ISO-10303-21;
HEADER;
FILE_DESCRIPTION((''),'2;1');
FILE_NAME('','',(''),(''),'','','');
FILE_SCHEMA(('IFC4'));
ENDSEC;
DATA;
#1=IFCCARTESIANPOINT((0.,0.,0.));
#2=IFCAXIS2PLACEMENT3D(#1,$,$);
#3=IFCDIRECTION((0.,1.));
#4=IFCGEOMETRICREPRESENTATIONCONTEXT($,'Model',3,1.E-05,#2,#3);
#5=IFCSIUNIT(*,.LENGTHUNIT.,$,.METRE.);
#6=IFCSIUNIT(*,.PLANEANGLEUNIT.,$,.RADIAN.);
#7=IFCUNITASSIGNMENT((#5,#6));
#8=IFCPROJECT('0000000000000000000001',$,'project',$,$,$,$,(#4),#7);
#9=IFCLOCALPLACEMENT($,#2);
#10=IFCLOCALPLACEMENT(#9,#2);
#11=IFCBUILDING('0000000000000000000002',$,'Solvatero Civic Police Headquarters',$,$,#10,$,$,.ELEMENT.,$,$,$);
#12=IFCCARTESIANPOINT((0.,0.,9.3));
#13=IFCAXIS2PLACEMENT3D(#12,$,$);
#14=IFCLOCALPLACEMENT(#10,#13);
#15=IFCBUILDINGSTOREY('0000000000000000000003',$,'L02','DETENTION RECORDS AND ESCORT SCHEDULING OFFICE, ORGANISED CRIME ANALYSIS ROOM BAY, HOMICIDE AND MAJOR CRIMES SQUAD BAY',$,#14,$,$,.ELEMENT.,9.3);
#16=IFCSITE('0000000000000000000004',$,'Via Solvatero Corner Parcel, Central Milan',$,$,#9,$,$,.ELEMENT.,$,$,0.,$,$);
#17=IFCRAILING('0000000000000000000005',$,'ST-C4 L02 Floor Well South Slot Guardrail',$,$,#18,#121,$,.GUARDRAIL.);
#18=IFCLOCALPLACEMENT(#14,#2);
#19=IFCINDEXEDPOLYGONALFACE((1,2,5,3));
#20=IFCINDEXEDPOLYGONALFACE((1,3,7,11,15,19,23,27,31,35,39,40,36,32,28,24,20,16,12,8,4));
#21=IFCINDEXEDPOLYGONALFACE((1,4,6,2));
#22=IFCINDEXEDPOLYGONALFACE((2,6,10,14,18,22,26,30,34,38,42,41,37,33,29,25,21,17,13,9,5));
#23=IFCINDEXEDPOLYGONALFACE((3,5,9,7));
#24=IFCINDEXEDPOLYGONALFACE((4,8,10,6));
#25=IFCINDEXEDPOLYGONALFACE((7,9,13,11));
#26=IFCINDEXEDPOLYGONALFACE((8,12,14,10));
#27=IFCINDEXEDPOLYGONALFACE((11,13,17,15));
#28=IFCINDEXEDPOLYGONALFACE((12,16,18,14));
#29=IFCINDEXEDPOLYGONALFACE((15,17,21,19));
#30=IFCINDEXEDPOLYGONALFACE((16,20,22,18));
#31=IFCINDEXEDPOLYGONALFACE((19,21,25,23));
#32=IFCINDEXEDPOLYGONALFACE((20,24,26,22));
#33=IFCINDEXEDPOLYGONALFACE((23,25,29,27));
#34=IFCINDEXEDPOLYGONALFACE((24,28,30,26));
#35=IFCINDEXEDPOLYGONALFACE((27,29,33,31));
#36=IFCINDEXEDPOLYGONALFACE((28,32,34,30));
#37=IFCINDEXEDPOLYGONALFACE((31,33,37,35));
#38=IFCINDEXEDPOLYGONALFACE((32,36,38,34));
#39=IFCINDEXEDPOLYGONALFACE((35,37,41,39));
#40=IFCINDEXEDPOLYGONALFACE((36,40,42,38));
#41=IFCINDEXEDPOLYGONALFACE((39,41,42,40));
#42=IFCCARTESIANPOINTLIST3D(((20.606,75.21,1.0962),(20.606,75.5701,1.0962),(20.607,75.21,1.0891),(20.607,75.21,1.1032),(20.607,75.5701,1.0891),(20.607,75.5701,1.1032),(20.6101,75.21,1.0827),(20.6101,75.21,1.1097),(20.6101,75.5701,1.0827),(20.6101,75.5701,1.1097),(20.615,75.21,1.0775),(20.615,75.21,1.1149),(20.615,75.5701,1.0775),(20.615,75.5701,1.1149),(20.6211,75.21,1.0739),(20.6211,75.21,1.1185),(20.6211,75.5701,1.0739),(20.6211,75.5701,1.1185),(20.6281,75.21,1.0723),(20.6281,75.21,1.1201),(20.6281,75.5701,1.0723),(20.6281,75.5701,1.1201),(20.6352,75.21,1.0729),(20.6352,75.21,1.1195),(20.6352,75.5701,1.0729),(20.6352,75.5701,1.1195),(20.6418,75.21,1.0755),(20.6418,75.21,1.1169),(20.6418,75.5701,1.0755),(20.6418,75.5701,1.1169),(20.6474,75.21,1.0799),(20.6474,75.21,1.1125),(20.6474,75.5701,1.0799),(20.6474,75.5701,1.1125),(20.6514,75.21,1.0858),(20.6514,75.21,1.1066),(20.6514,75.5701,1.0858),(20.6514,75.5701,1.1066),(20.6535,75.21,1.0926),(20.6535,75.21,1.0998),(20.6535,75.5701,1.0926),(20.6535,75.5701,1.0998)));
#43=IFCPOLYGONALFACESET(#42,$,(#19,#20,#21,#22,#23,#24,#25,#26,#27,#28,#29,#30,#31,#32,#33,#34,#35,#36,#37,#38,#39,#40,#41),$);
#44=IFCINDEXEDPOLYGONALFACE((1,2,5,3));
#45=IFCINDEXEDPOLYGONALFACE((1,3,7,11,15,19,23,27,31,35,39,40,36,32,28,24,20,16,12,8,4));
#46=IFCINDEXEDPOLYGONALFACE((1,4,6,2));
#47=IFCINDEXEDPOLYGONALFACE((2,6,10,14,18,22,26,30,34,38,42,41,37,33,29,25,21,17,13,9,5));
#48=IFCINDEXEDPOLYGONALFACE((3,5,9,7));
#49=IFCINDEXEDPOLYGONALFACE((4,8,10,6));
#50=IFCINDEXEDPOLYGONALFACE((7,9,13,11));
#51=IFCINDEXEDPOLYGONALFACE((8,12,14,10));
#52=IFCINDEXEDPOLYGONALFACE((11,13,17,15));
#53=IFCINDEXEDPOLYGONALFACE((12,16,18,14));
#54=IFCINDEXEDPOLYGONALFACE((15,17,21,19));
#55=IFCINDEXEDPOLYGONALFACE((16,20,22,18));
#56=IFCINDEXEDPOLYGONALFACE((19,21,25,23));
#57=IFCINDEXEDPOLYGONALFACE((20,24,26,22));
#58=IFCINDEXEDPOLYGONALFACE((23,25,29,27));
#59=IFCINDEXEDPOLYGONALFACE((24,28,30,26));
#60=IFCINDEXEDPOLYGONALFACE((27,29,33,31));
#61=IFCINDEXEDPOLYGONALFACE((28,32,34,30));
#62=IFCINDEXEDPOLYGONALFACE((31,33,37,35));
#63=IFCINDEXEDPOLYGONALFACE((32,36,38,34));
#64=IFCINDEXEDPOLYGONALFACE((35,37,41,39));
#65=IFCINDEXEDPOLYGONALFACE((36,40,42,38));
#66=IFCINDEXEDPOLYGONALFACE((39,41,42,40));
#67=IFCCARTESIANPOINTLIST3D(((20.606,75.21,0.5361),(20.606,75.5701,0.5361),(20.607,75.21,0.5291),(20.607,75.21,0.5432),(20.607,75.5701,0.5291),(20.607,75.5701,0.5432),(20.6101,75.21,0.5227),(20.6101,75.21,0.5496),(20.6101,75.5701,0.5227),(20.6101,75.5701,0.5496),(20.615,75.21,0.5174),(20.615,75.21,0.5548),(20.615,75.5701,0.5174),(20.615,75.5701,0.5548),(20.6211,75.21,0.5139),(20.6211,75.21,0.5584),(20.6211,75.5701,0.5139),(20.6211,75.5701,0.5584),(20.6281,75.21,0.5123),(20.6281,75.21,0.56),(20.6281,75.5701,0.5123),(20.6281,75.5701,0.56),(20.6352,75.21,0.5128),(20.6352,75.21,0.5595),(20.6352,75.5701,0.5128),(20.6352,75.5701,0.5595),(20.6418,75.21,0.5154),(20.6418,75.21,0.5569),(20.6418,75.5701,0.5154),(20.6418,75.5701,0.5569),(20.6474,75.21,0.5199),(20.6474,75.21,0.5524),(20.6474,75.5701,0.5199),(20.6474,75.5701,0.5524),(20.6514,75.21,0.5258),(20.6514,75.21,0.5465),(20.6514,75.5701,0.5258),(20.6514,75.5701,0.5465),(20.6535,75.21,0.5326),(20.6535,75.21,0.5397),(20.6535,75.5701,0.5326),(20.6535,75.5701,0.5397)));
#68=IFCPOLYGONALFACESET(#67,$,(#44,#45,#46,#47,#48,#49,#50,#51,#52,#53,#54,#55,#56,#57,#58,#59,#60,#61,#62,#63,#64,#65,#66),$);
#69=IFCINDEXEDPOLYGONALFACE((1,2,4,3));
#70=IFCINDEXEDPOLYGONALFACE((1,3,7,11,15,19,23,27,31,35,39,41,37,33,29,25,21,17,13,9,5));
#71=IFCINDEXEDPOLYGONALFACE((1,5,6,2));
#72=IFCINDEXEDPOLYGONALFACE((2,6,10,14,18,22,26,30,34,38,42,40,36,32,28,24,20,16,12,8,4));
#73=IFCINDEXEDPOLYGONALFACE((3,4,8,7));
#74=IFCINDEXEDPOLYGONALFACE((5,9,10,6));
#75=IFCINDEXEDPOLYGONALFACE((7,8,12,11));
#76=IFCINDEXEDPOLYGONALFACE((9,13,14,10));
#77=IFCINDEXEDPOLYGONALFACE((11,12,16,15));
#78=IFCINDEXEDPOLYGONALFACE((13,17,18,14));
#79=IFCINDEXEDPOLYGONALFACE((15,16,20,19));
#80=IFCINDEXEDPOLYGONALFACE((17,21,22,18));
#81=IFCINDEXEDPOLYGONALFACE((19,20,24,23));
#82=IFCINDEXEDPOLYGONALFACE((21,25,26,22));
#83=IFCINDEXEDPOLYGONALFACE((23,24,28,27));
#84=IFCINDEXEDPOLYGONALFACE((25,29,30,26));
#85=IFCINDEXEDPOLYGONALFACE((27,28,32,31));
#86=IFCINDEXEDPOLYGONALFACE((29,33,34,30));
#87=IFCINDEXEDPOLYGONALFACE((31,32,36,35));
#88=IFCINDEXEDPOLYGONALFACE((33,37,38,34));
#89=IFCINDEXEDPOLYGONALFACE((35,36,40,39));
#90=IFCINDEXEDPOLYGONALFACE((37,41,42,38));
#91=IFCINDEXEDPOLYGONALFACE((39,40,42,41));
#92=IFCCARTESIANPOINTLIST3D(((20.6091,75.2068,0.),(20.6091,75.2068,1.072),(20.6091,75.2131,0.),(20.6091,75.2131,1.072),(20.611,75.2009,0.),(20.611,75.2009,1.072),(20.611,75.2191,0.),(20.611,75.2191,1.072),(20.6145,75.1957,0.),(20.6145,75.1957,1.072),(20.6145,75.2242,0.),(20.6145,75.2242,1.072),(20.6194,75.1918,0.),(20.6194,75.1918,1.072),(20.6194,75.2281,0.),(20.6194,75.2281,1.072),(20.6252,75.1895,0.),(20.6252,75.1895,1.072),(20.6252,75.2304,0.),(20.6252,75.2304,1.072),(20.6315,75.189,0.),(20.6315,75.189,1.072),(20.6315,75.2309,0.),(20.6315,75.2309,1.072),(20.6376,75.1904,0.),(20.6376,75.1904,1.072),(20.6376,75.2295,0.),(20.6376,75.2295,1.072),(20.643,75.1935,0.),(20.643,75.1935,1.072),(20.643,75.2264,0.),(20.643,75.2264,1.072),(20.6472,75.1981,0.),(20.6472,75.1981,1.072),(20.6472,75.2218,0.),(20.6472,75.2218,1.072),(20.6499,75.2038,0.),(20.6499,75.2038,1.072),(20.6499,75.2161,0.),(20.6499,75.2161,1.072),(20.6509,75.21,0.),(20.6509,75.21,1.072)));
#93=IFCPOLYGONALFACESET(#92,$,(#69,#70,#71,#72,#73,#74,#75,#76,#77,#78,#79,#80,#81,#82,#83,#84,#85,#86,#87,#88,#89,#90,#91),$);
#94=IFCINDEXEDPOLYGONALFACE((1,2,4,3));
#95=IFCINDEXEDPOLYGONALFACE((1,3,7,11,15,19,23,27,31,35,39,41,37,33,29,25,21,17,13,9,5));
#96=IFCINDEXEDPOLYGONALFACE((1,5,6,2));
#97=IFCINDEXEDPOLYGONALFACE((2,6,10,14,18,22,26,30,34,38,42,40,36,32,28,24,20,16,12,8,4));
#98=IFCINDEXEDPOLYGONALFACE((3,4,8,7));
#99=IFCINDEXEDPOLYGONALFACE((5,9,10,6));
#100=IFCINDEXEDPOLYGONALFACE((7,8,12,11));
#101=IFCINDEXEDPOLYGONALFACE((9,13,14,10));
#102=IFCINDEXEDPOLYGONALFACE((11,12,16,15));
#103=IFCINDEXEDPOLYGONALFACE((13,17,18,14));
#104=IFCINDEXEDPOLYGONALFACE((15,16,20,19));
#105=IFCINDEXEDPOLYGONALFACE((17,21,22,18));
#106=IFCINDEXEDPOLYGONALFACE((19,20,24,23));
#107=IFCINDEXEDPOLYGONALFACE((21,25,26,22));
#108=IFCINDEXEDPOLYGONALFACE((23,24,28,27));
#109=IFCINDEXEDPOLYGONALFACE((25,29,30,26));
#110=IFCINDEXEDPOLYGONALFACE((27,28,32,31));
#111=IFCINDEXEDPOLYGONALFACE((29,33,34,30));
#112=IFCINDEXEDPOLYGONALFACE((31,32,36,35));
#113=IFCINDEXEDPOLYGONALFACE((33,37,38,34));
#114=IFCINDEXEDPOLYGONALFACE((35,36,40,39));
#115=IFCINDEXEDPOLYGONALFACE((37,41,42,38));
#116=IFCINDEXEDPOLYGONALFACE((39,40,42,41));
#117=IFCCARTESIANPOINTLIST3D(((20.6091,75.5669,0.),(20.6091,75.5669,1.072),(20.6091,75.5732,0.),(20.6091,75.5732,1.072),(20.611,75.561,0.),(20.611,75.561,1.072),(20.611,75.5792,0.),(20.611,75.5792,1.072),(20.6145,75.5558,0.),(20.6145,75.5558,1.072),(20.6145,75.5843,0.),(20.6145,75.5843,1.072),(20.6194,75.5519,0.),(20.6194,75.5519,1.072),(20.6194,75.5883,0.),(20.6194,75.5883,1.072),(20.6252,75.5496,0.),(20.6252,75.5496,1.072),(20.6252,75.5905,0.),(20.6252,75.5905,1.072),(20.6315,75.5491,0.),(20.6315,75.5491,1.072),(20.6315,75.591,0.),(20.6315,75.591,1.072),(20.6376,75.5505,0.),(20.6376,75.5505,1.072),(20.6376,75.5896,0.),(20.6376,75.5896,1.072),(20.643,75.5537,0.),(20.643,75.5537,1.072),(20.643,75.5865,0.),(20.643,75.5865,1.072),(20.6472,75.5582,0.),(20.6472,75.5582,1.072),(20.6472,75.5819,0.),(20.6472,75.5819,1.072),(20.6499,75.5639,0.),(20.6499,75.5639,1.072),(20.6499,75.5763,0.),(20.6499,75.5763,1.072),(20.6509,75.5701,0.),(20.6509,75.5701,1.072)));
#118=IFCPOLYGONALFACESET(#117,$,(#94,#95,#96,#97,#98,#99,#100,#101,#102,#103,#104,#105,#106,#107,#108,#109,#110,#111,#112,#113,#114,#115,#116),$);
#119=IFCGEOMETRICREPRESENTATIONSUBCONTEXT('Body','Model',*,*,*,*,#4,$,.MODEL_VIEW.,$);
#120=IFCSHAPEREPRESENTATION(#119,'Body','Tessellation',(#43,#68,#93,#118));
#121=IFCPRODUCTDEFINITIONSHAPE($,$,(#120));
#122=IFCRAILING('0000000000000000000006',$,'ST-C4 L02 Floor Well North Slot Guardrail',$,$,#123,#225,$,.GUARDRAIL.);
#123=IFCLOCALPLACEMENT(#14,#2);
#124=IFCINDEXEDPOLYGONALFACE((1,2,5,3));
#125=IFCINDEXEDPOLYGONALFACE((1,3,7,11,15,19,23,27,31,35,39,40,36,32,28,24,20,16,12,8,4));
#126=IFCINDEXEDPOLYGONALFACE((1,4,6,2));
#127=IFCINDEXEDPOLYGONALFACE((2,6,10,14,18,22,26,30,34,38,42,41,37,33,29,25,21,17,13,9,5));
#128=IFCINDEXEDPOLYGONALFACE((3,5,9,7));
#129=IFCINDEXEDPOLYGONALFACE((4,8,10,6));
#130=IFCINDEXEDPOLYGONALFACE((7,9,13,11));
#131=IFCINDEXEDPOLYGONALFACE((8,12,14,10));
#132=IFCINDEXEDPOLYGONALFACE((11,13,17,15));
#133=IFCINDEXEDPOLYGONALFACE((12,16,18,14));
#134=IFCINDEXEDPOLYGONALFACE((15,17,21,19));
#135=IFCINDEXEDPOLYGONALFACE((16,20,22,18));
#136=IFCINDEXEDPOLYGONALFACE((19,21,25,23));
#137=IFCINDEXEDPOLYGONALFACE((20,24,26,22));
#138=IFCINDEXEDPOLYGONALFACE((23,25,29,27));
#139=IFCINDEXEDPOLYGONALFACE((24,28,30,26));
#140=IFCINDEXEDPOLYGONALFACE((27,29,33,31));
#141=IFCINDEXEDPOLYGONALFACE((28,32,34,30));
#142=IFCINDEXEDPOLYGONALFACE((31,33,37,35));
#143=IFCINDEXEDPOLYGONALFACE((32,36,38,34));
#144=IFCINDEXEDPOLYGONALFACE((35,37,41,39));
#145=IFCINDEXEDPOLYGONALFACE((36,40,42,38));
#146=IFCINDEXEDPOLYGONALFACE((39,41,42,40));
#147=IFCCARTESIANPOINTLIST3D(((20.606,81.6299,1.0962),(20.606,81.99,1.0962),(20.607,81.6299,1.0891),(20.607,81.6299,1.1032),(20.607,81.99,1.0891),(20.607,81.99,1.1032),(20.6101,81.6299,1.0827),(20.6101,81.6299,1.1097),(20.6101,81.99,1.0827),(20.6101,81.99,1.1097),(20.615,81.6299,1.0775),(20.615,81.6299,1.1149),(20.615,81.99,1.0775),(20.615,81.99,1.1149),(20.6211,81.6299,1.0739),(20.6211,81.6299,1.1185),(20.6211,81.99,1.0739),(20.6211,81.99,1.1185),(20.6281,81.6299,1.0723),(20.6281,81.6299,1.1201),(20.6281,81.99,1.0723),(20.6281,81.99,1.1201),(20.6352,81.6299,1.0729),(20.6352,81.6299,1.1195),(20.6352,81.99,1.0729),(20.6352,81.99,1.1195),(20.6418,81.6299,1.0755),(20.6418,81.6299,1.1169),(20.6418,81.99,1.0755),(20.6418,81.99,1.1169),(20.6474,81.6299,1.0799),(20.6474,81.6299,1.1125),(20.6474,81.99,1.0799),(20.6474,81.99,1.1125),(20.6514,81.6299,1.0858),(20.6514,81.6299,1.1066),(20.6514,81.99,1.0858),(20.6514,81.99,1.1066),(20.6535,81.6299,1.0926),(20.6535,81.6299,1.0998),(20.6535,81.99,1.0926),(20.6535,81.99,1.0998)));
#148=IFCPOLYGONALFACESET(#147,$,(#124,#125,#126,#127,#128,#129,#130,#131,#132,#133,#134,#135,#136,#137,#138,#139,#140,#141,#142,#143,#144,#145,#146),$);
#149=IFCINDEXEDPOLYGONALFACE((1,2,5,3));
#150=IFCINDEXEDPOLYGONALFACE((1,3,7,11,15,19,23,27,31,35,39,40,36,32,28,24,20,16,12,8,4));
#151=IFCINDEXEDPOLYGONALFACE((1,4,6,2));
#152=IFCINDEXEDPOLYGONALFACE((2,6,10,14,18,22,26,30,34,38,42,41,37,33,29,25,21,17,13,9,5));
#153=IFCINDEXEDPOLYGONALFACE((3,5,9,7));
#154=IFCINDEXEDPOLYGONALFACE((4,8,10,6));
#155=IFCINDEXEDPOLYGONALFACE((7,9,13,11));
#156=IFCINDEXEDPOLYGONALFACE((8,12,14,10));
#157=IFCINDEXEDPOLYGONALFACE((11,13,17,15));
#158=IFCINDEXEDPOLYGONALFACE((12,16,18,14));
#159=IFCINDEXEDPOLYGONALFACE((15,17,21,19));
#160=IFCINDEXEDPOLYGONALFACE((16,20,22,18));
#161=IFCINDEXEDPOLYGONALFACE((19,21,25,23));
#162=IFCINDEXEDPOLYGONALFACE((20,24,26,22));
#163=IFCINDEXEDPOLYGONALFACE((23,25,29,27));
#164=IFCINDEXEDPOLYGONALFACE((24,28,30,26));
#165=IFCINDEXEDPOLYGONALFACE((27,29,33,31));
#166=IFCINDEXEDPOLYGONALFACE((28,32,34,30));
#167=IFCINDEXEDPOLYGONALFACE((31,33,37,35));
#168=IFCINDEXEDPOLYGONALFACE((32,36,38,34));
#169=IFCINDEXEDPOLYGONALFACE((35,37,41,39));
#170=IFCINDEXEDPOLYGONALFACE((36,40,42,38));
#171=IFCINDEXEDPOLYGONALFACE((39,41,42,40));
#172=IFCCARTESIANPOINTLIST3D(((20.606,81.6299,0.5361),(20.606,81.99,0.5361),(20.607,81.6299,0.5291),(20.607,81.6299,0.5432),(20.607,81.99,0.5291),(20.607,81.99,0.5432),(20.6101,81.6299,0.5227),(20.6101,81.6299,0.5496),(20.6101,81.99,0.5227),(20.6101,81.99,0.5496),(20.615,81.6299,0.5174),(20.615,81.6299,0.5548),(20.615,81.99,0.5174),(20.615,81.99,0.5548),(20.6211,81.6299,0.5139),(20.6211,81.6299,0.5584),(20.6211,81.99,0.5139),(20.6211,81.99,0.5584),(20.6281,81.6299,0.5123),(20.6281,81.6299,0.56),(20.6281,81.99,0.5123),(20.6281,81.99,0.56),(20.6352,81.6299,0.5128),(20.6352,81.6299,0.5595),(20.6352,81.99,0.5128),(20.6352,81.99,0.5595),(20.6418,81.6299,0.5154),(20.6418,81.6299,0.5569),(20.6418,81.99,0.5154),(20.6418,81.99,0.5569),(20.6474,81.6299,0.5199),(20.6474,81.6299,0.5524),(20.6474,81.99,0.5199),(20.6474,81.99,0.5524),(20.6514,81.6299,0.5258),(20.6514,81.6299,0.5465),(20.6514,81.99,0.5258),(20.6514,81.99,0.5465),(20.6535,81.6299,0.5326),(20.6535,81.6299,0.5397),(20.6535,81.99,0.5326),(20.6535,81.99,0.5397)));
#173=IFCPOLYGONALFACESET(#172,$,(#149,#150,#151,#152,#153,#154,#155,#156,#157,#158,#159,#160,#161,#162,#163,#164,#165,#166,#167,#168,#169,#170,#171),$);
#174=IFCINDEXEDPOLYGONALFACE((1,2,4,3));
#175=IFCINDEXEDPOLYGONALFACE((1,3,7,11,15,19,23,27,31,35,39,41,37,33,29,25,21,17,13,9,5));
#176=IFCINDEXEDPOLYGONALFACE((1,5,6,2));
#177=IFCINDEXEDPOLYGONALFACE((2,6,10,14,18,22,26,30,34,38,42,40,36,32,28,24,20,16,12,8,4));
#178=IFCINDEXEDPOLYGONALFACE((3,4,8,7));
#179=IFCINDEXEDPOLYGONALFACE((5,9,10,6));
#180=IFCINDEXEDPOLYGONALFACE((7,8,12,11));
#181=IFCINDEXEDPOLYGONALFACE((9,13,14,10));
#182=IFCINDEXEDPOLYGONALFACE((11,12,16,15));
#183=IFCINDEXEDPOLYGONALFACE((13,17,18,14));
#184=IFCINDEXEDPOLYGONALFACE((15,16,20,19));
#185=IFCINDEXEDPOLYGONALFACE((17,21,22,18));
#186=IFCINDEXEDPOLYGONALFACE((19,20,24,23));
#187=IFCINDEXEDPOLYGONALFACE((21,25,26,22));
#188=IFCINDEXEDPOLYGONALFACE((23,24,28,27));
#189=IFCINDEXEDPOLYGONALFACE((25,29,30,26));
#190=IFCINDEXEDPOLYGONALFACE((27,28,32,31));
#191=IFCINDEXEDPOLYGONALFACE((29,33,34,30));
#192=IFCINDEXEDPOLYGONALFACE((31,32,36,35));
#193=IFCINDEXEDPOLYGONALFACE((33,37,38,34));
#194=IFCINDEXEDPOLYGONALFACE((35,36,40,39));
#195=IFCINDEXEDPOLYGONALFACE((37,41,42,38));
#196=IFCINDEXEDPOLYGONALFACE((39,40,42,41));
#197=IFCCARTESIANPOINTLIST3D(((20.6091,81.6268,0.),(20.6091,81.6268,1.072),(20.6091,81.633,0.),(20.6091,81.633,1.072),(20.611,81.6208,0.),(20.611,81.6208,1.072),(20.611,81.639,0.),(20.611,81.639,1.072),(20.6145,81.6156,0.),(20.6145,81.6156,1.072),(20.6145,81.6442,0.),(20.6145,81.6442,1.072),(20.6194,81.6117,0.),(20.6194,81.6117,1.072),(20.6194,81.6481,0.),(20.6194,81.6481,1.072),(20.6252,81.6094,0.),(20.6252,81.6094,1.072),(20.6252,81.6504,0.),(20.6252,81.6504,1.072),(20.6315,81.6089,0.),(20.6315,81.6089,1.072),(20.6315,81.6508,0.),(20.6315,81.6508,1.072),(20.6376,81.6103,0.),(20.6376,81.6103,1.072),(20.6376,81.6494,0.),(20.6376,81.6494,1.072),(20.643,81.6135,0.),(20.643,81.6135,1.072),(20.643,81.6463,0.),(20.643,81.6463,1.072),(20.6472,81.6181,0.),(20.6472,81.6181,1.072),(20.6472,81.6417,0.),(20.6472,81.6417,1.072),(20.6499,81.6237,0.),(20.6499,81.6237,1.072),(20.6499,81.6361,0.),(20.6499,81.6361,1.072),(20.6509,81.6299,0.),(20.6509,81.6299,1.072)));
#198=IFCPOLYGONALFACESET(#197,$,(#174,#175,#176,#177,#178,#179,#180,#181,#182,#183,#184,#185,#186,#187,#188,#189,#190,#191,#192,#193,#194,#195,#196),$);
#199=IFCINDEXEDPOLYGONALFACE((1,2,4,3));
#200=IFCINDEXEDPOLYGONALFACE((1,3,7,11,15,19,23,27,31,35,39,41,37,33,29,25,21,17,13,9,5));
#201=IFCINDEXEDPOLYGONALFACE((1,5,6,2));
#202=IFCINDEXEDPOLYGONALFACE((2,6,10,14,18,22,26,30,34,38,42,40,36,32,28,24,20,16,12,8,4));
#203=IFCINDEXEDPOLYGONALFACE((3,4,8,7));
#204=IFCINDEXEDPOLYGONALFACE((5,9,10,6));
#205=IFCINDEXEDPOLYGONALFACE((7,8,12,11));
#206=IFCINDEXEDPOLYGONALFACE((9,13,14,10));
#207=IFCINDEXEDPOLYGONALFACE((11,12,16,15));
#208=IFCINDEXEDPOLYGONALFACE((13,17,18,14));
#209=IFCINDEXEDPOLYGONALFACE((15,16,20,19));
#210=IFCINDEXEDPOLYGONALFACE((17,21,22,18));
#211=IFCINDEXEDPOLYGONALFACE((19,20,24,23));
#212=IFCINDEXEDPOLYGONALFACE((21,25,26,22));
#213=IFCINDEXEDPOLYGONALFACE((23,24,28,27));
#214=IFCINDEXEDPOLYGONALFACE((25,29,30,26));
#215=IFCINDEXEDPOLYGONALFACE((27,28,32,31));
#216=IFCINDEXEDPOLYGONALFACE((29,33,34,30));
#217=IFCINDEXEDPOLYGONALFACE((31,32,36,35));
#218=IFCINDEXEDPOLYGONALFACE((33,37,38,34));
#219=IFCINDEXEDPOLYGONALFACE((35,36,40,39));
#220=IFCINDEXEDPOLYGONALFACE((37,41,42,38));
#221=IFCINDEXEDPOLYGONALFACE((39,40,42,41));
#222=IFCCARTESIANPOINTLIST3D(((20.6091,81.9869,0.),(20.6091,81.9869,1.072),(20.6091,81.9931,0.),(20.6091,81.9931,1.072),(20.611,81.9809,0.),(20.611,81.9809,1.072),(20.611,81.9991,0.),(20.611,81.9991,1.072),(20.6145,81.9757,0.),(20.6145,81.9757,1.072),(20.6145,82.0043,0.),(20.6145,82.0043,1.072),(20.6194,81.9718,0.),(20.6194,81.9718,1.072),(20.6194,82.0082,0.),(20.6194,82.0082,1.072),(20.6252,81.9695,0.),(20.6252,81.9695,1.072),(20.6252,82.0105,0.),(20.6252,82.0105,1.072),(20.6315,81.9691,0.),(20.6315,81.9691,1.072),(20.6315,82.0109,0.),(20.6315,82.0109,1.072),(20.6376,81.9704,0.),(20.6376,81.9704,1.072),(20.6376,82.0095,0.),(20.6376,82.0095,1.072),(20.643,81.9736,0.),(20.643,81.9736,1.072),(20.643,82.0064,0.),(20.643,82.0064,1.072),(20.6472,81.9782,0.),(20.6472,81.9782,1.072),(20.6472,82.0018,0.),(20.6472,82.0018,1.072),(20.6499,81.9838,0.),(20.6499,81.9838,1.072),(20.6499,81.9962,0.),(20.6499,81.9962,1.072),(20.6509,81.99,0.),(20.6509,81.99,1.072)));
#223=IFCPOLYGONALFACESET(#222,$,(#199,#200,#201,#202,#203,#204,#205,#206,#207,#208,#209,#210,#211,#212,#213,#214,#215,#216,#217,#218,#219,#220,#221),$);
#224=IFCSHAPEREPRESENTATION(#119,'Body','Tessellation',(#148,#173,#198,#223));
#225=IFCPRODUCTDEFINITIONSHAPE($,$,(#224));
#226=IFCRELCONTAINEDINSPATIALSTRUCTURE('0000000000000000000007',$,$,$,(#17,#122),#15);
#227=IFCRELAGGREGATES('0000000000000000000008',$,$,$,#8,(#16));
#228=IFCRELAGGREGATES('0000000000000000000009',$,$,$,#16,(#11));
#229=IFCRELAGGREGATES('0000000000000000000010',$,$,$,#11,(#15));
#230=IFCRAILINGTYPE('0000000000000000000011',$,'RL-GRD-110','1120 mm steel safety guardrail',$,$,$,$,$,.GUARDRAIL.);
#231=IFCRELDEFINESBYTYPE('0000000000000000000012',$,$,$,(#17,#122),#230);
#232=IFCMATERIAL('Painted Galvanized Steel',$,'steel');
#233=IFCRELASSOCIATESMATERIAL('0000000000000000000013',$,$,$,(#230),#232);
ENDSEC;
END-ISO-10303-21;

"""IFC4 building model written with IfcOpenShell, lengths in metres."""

from ifc_helpers import new_model, si_unit, direction, frame, origin, origin_2d, place, context, subcontext, project, spatial, circle, extrude, material, type_object, element, save


model = new_model("IFC4")

# Units and contexts
model_context = context("Model", 3, precision=1e-05, world=origin(), true_north=direction((0.0, 1.0)))
body_context = subcontext(model_context, "Body", "Model", "MODEL_VIEW")
ifc_project = project(units=[si_unit("LENGTHUNIT", "METRE"), si_unit("PLANEANGLEUNIT", "RADIAN")], contexts=[model_context])

# Site, building, storey
site_placement = place(None, origin())
site = spatial("IfcSite", under=ifc_project, at=site_placement, Name="Via Solvatero Corner Parcel, Central Milan", CompositionType="ELEMENT", RefElevation=0.0)
building_placement = place(site_placement, origin())
building = spatial("IfcBuilding", under=site, at=building_placement, Name="Solvatero Civic Police Headquarters", CompositionType="ELEMENT")
storey_placement = place(building_placement, frame((0.0, 0.0, 9.3)))
storey = spatial("IfcBuildingStorey", under=building, at=storey_placement, Name="L02", Description="DETENTION RECORDS AND ESCORT SCHEDULING OFFICE, ORGANISED CRIME ANALYSIS ROOM BAY, HOMICIDE AND MAJOR CRIMES SQUAD BAY", CompositionType="ELEMENT", Elevation=9.3)

# Railings
ifc_material_1 = material(Name="Painted Galvanized Steel", Category="steel")
railing_type_1 = type_object("IfcRailingType", Name="RL-GRD-110", Description="1120 mm steel safety guardrail", PredefinedType="GUARDRAIL", material=ifc_material_1)
for number, where, name in (
    (1, (20.6299, 75.21, 0.0), "ST-C4 L02 Floor Well South Slot Guardrail"),
    (2, (20.6299, 81.6299, 0.0), "ST-C4 L02 Floor Well North Slot Guardrail"),
):
    element("IfcRailing", number, at=place(storey_placement, frame(where)), inside=storey, type_object=railing_type_1, Name=name, PredefinedType="GUARDRAIL", context=body_context, shape_type="SweptSolid", body=[
        extrude(circle(Radius=0.0239, at=origin_2d()), frame((0.0, 0.0, 1.0962), z_axis=(0.0, 1.0, 0.0), x_axis=(-1.0, 0.0, 0.0)), (0.0, 0.0, 1.0), 0.3601),
        extrude(circle(Radius=0.0239, at=origin_2d()), frame((0.0, 0.0, 0.5361), z_axis=(0.0, 1.0, 0.0), x_axis=(-1.0, 0.0, 0.0)), (0.0, 0.0, 1.0), 0.3601),
        extrude(circle(Radius=0.021, at=origin_2d()), origin(), (0.0, 0.0, 1.0), 1.072),
        extrude(circle(Radius=0.021, at=origin_2d()), frame((0.0, 0.3601, 0.0)), (0.0, 0.0, 1.0), 1.072),
    ])

save(model, "model.ifc")
